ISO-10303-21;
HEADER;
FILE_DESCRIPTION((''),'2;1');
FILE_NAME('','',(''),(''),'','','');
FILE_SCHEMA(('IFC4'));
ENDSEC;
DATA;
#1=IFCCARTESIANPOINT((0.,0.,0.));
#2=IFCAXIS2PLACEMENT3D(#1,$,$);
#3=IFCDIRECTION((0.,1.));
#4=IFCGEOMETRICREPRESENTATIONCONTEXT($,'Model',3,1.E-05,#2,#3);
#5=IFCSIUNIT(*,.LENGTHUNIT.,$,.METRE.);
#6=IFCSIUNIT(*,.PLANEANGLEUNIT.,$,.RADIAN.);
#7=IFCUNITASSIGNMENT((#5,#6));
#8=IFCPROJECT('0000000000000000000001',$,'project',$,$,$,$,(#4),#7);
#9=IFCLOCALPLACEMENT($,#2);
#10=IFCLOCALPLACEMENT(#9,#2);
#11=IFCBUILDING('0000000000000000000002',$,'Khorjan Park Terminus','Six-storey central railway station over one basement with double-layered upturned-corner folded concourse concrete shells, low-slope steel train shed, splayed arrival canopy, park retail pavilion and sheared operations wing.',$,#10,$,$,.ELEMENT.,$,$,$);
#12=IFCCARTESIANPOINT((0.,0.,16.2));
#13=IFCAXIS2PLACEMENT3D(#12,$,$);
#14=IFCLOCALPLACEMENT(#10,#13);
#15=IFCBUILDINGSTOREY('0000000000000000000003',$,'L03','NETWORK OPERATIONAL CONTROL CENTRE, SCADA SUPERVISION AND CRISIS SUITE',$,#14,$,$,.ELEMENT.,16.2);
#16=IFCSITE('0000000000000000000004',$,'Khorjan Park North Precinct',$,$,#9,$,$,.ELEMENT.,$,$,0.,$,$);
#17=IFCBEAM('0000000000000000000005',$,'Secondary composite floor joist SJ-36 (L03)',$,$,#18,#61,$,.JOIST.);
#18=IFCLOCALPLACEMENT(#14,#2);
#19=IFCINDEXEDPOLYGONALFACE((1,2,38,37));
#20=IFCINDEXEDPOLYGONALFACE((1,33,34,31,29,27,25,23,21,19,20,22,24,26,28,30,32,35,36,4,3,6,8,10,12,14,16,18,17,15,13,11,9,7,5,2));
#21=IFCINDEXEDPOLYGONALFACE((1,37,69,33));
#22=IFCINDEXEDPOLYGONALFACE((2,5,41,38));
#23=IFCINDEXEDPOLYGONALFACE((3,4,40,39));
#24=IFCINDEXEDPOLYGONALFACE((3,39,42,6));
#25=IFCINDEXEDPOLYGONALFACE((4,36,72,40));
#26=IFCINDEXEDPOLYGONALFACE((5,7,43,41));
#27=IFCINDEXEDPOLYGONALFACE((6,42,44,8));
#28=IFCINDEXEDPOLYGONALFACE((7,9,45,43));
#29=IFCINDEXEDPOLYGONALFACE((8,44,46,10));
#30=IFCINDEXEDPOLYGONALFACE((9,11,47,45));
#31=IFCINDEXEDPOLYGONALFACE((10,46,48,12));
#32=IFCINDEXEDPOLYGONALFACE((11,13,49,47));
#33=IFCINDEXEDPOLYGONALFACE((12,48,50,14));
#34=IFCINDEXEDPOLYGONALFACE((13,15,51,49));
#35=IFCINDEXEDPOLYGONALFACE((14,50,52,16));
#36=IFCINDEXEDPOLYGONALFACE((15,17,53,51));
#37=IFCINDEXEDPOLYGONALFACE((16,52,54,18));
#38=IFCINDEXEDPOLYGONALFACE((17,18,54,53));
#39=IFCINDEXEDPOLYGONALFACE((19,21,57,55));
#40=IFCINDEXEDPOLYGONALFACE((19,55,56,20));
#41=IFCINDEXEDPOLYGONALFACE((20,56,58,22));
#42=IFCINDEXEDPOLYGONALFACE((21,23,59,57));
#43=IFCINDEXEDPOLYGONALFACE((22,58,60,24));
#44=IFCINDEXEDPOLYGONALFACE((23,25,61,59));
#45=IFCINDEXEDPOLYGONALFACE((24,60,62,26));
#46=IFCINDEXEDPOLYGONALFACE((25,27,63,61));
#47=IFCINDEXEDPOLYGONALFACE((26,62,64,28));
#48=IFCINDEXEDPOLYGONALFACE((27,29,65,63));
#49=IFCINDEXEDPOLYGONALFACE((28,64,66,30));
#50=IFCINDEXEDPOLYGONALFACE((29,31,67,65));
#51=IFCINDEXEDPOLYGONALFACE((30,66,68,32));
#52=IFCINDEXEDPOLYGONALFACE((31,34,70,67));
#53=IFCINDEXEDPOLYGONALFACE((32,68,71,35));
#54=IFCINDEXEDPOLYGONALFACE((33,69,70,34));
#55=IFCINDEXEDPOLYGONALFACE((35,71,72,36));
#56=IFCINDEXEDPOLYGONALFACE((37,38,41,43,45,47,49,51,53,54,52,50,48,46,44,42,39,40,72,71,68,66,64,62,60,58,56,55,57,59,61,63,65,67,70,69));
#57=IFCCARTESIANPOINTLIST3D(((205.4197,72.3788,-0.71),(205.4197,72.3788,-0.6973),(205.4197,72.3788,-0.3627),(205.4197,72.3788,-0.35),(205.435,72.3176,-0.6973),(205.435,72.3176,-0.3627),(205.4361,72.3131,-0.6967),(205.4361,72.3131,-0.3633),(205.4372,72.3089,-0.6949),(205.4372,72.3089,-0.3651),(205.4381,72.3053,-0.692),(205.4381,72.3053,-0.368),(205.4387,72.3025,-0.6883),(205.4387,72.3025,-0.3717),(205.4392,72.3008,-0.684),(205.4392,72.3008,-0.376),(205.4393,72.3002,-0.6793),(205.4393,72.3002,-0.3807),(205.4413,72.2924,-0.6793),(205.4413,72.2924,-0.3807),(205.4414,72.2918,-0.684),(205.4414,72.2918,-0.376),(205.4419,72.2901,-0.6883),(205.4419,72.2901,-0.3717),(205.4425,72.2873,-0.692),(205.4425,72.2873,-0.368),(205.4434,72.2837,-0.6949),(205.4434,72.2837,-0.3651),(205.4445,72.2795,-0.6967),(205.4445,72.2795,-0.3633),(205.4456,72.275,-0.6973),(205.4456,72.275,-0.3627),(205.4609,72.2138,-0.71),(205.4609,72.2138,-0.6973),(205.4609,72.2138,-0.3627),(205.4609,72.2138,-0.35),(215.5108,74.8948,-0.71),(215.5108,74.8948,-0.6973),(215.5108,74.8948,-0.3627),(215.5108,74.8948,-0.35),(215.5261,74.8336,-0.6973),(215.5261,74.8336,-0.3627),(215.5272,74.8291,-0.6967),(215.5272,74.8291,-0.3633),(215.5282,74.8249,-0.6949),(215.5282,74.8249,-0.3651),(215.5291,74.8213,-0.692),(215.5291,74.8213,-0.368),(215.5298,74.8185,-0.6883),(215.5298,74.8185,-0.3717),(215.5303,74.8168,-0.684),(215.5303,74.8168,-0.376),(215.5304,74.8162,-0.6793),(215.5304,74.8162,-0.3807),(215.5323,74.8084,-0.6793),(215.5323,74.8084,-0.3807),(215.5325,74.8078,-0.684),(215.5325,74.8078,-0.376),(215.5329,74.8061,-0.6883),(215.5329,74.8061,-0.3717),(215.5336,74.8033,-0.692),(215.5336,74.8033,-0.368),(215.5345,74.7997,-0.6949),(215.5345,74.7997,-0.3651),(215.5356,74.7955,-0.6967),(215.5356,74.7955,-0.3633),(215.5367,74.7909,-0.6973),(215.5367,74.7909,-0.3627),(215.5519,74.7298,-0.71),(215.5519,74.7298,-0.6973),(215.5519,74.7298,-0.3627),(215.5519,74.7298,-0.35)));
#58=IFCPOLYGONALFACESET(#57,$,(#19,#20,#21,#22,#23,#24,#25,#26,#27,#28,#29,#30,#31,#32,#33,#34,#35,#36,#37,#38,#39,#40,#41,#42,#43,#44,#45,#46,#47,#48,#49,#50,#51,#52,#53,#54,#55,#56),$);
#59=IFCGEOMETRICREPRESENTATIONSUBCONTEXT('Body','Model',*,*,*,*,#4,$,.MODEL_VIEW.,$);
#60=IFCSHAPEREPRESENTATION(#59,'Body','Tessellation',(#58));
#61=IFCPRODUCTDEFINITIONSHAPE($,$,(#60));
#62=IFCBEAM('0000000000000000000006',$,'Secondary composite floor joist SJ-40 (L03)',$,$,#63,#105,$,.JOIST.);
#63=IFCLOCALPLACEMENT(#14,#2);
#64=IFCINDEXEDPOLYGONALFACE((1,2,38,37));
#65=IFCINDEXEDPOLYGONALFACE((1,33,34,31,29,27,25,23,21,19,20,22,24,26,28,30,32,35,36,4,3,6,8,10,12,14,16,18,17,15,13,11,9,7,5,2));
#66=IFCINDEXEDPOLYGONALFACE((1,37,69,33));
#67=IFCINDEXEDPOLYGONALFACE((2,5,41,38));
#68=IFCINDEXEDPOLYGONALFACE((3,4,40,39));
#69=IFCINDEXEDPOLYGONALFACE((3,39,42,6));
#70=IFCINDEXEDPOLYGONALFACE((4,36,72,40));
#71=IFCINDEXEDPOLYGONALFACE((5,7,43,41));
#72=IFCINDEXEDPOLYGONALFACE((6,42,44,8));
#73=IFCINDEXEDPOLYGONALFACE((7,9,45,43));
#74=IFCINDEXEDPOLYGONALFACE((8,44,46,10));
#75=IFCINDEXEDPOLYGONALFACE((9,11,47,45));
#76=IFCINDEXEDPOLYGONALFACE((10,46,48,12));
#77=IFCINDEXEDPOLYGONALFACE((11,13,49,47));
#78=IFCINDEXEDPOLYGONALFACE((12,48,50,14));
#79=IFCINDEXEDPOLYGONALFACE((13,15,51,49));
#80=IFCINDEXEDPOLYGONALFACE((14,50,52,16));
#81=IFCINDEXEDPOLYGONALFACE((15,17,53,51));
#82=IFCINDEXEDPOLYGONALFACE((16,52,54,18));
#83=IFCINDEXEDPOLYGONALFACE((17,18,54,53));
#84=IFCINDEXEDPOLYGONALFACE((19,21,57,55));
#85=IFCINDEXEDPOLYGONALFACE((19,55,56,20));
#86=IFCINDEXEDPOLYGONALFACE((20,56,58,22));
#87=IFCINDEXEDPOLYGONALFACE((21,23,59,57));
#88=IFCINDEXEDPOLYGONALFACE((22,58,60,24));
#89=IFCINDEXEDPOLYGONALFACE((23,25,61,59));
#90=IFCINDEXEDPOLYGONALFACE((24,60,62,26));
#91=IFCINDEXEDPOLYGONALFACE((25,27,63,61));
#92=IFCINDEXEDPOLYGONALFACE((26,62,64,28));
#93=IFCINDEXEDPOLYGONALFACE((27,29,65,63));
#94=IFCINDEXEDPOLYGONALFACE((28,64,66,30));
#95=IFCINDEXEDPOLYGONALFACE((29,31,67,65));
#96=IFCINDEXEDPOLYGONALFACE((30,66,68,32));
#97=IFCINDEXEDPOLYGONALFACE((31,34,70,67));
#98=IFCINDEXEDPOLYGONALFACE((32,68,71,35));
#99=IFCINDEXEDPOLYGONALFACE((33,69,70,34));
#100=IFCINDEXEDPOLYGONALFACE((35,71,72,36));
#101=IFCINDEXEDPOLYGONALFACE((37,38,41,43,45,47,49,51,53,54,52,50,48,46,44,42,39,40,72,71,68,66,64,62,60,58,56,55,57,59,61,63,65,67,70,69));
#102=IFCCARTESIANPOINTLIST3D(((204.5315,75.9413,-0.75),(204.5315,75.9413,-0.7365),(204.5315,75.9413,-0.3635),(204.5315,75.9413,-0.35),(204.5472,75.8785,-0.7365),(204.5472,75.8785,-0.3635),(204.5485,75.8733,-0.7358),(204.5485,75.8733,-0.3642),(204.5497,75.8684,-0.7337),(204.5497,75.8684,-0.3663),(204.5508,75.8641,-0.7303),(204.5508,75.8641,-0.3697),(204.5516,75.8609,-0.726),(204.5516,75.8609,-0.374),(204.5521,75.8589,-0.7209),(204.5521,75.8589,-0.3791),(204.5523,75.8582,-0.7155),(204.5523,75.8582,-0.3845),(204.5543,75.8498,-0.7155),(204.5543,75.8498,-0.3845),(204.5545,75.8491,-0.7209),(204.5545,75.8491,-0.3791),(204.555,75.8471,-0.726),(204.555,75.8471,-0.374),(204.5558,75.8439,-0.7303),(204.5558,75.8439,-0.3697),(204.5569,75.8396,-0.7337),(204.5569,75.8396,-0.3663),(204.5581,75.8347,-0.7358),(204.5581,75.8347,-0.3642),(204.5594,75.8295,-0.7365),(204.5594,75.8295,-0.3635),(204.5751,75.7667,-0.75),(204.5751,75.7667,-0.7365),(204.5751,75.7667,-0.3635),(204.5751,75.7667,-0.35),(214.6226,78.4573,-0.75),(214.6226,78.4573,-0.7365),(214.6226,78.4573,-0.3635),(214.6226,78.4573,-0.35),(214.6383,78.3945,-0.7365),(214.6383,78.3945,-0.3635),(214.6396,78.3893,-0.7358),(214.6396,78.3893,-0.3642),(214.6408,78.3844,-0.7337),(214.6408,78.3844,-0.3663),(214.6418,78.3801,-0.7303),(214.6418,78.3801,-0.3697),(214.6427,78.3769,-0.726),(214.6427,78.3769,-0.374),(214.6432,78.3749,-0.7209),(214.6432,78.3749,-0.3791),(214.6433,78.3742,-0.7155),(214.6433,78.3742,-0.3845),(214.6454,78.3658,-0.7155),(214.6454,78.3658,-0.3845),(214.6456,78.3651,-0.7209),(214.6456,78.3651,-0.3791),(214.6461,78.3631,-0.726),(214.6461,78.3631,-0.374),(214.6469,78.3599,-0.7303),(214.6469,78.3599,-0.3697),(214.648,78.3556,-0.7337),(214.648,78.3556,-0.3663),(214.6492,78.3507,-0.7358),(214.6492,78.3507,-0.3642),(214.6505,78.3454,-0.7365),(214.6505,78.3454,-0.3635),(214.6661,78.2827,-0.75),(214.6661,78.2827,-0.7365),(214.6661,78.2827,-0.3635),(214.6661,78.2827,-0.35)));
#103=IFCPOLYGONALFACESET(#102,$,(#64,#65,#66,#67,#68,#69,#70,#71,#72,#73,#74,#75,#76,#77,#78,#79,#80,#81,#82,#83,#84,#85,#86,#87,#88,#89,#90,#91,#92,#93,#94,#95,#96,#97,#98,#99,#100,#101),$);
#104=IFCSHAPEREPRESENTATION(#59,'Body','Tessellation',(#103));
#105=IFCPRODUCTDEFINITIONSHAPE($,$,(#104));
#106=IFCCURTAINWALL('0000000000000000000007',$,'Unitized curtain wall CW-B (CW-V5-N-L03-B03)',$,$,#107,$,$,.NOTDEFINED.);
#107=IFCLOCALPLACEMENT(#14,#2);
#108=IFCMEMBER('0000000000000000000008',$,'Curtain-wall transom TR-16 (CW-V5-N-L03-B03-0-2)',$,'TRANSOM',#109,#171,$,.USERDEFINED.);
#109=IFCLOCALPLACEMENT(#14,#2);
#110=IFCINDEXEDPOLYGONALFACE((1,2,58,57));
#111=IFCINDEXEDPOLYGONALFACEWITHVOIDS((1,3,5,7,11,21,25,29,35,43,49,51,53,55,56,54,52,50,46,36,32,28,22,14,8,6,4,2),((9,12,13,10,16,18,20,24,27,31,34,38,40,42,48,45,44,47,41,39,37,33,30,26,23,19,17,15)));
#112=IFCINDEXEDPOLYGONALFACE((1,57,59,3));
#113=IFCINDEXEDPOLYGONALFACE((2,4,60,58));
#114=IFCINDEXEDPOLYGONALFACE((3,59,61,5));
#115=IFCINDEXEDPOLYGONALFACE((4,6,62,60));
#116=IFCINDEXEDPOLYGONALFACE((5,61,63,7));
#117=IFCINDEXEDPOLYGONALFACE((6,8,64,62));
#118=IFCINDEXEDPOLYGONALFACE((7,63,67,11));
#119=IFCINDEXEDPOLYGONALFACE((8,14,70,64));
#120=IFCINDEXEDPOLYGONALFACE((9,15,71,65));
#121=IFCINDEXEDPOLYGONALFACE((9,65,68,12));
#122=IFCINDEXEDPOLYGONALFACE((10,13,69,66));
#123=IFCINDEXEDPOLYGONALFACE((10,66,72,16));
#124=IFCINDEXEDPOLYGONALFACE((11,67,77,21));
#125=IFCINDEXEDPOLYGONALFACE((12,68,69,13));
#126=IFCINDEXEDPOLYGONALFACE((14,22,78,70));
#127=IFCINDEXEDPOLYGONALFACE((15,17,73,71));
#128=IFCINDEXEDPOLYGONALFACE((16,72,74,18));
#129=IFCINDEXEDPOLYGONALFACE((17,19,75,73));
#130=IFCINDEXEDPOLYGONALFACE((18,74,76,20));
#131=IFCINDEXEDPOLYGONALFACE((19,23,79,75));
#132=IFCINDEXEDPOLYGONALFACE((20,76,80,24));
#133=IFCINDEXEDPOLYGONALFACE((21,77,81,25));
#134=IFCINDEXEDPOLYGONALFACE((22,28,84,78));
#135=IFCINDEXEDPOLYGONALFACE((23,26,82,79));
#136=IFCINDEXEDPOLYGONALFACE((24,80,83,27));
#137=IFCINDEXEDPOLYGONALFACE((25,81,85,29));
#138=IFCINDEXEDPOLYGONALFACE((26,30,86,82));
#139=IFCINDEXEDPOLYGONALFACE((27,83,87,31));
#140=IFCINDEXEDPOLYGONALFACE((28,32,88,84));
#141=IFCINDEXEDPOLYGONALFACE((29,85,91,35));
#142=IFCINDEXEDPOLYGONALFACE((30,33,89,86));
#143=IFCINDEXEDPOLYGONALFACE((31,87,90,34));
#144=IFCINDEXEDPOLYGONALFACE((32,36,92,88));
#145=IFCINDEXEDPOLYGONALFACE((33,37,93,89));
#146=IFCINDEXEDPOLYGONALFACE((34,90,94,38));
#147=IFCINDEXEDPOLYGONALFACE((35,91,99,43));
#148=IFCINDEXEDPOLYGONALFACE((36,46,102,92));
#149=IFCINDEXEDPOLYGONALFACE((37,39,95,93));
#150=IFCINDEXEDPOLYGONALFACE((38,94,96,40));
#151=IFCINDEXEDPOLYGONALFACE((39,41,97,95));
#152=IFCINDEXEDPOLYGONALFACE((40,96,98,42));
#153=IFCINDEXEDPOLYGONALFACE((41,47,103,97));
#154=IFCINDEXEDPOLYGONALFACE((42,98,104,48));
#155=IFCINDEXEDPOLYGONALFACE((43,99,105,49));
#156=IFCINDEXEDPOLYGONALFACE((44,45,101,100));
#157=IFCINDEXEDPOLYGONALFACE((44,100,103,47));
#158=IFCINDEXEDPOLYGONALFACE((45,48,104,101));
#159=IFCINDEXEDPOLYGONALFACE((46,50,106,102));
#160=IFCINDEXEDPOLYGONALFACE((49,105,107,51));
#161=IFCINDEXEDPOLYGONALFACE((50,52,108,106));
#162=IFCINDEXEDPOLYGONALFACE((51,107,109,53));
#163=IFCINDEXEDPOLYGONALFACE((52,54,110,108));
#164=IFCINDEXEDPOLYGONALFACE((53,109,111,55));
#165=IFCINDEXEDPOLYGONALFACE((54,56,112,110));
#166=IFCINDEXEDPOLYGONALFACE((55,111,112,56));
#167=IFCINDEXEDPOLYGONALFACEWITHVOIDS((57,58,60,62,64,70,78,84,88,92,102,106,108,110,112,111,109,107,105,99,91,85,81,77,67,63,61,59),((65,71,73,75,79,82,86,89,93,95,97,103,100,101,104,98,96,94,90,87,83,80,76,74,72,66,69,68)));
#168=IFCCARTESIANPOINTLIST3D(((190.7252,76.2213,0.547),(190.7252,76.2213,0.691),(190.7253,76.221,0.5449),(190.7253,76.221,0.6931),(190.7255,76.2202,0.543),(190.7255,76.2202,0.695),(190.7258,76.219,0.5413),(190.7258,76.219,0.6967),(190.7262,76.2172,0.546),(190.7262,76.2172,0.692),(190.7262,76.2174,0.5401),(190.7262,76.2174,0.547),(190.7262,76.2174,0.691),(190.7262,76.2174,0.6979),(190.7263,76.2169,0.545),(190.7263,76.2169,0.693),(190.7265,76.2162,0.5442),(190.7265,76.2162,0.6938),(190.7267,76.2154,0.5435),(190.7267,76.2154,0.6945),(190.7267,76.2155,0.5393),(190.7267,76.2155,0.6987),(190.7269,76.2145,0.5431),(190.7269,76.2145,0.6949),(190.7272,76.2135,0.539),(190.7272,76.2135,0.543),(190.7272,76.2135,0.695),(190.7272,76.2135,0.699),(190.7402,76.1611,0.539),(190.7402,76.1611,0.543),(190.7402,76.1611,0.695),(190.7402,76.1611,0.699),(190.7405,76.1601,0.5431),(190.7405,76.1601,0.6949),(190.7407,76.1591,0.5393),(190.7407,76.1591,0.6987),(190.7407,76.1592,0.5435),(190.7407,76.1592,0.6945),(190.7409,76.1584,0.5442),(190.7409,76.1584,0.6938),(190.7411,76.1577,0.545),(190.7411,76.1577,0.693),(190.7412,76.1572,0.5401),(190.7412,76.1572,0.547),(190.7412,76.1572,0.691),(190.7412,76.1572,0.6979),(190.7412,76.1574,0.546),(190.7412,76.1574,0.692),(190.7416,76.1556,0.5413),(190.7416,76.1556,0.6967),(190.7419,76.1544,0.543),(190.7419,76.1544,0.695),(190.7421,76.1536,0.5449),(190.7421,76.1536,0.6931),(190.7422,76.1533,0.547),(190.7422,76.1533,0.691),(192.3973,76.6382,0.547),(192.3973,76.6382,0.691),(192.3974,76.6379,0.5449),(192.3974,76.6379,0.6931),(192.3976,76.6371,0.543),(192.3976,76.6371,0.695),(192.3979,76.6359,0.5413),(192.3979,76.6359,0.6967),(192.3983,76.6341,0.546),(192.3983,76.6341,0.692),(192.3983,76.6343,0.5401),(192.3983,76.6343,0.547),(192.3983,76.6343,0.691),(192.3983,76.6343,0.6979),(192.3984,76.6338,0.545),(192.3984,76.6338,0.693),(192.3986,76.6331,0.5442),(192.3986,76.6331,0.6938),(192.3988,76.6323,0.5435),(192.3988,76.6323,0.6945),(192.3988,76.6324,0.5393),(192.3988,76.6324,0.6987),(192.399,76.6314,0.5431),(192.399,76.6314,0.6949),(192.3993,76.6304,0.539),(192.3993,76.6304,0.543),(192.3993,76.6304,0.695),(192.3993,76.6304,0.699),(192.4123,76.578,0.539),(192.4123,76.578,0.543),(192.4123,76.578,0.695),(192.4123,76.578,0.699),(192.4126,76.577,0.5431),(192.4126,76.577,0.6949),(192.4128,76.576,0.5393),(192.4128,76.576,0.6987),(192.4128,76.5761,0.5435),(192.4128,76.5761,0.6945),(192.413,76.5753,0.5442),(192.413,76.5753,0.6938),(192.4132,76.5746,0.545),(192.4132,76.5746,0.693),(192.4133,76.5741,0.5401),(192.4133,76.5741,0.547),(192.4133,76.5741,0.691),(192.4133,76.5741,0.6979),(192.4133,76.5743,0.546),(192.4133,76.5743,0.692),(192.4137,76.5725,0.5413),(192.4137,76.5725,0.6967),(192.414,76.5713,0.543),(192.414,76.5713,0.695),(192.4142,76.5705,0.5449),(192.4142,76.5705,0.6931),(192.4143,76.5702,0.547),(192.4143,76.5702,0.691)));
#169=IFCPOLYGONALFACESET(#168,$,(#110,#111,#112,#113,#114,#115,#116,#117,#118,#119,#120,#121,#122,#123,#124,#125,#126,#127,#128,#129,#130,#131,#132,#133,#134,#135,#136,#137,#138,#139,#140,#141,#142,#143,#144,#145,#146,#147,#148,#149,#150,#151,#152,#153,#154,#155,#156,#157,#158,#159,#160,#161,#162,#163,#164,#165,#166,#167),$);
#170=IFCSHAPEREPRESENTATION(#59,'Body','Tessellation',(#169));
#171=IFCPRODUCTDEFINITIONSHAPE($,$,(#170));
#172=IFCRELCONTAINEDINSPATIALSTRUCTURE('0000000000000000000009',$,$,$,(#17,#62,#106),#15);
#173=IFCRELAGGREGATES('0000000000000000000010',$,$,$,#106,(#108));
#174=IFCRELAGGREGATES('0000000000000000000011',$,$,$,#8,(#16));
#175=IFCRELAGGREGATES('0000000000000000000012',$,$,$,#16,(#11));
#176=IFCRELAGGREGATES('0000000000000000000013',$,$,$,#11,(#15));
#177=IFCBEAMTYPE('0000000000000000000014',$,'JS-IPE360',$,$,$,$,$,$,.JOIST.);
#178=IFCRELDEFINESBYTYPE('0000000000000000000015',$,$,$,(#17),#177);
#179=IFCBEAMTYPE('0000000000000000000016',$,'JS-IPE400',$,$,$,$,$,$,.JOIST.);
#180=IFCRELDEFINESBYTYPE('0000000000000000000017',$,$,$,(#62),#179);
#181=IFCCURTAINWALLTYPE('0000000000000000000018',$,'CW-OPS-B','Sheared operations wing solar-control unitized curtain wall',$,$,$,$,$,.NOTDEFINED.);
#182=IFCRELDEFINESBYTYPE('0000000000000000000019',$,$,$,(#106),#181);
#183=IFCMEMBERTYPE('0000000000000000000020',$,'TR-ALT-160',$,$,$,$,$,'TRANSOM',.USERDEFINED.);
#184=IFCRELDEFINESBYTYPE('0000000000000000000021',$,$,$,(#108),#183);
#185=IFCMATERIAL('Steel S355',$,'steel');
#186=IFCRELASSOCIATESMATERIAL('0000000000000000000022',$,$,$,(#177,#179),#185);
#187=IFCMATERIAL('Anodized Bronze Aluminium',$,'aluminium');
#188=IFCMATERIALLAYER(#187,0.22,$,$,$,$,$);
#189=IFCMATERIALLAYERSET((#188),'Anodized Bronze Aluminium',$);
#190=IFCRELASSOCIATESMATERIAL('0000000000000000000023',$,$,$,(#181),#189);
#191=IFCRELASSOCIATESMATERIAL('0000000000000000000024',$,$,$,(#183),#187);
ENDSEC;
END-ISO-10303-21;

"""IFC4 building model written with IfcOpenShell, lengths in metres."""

from ifc_helpers import new_model, si_unit, direction, frame, origin, origin_2d, place, context, subcontext, project, spatial, hollow_rectangle, i_section, extrude, material, layer, layer_set, material_profile, profile_set, type_object, element, aggregate, save


model = new_model("IFC4")

# Units and contexts
model_context = context("Model", 3, precision=1e-05, world=origin(), true_north=direction((0.0, 1.0)))
body_context = subcontext(model_context, "Body", "Model", "MODEL_VIEW")
ifc_project = project(units=[si_unit("LENGTHUNIT", "METRE"), si_unit("PLANEANGLEUNIT", "RADIAN")], contexts=[model_context])

# Site, building, storey
site_placement = place(None, origin())
site = spatial("IfcSite", under=ifc_project, at=site_placement, Name="Khorjan Park North Precinct", CompositionType="ELEMENT", RefElevation=0.0)
building_placement = place(site_placement, origin())
building = spatial("IfcBuilding", under=site, at=building_placement, Name="Khorjan Park Terminus", Description="Six-storey central railway station over one basement with double-layered upturned-corner folded concourse concrete shells, low-slope steel train shed, splayed arrival canopy, park retail pavilion and sheared operations wing.", CompositionType="ELEMENT")
storey_placement = place(building_placement, frame((0.0, 0.0, 16.2)))
storey = spatial("IfcBuildingStorey", under=building, at=storey_placement, Name="L03", Description="NETWORK OPERATIONAL CONTROL CENTRE, SCADA SUPERVISION AND CRISIS SUITE", CompositionType="ELEMENT", Elevation=16.2)

# Beams
ifc_material_1 = material(Name="Steel S355", Category="steel")
ifc_material_profile_1 = material_profile(ifc_material_1, i_section(OverallWidth=0.17, OverallDepth=0.36, WebThickness=0.008, FlangeThickness=0.0127, FilletRadius=0.018, at=origin_2d()), Name="IPE 360")
ifc_profile_set_1 = profile_set([ifc_material_profile_1], Name="Steel S355")
beam_type_1 = type_object("IfcBeamType", Name="JS-IPE360", PredefinedType="JOIST", material=ifc_profile_set_1)
beam_1_placement = place(storey_placement, frame((205.4403, 72.2963, -0.53), z_axis=(0.970296, 0.241922, 0.0), x_axis=(-0.241922, 0.970296, 0.0)))
element("IfcBeam", 1, at=beam_1_placement, inside=storey, type_object=beam_type_1, Name="Secondary composite floor joist SJ-36 (L03)", PredefinedType="JOIST", context=body_context, shape_type="SweptSolid", body=[
    extrude(i_section(OverallWidth=0.17, OverallDepth=0.36, WebThickness=0.008, FlangeThickness=0.0127, FilletRadius=0.018, at=origin_2d()), origin(), (0.0, 0.0, 1.0), 10.4),
])
ifc_material_profile_2 = material_profile(ifc_material_1, i_section(OverallWidth=0.18, OverallDepth=0.4, WebThickness=0.0086, FlangeThickness=0.0135, FilletRadius=0.021, at=origin_2d()), Name="IPE 400")
ifc_profile_set_2 = profile_set([ifc_material_profile_2], Name="Steel S355")
beam_type_2 = type_object("IfcBeamType", Name="JS-IPE400", PredefinedType="JOIST", material=ifc_profile_set_2)
beam_2_placement = place(storey_placement, frame((204.5533, 75.854, -0.55), z_axis=(0.970296, 0.241922, 0.0), x_axis=(-0.241922, 0.970296, 0.0)))
element("IfcBeam", 2, at=beam_2_placement, inside=storey, type_object=beam_type_2, Name="Secondary composite floor joist SJ-40 (L03)", PredefinedType="JOIST", context=body_context, shape_type="SweptSolid", body=[
    extrude(i_section(OverallWidth=0.18, OverallDepth=0.4, WebThickness=0.0086, FlangeThickness=0.0135, FilletRadius=0.021, at=origin_2d()), origin(), (0.0, 0.0, 1.0), 10.4),
])

# Curtain wall, member
ifc_material_2 = material(Name="Anodized Bronze Aluminium", Category="aluminium")
ifc_layer_1 = layer(ifc_material_2, 0.22)
ifc_layer_set_1 = layer_set([ifc_layer_1], Name="Anodized Bronze Aluminium")
curtain_wall_type = type_object("IfcCurtainWallType", Name="CW-OPS-B", Description="Sheared operations wing solar-control unitized curtain wall", PredefinedType="NOTDEFINED", material=ifc_layer_set_1)
curtain_wall_placement = place(storey_placement, origin())
curtain_wall = element("IfcCurtainWall", 3, at=curtain_wall_placement, inside=storey, type_object=curtain_wall_type, Name="Unitized curtain wall CW-B (CW-V5-N-L03-B03)", PredefinedType="NOTDEFINED")
ifc_material_profile_3 = material_profile(ifc_material_2, hollow_rectangle(XDim=0.07, YDim=0.16, WallThickness=0.004, InnerFilletRadius=0.004, OuterFilletRadius=0.008, at=origin_2d()), Name="ALT 70x160x4")
ifc_profile_set_3 = profile_set([ifc_material_profile_3], Name="Anodized Bronze Aluminium")
member_type = type_object("IfcMemberType", Name="TR-ALT-160", ElementType="TRANSOM", PredefinedType="USERDEFINED", material=ifc_profile_set_3)
member_1_placement = place(storey_placement, frame((192.4058, 76.6042, 0.619), z_axis=(-0.970296, -0.241921, 0.0), x_axis=(0.241921, -0.970296, 0.0)))
member_1 = element("IfcMember", 4, at=member_1_placement, type_object=member_type, Name="Curtain-wall transom TR-16 (CW-V5-N-L03-B03-0-2)", ObjectType="TRANSOM", PredefinedType="USERDEFINED", context=body_context, shape_type="SweptSolid", body=[
    extrude(hollow_rectangle(XDim=0.07, YDim=0.16, WallThickness=0.004, InnerFilletRadius=0.004, OuterFilletRadius=0.008, at=origin_2d()), origin(), (0.0, 0.0, 1.0), 1.7233),
])
aggregate(curtain_wall, [member_1])

save(model, "model.ifc")
